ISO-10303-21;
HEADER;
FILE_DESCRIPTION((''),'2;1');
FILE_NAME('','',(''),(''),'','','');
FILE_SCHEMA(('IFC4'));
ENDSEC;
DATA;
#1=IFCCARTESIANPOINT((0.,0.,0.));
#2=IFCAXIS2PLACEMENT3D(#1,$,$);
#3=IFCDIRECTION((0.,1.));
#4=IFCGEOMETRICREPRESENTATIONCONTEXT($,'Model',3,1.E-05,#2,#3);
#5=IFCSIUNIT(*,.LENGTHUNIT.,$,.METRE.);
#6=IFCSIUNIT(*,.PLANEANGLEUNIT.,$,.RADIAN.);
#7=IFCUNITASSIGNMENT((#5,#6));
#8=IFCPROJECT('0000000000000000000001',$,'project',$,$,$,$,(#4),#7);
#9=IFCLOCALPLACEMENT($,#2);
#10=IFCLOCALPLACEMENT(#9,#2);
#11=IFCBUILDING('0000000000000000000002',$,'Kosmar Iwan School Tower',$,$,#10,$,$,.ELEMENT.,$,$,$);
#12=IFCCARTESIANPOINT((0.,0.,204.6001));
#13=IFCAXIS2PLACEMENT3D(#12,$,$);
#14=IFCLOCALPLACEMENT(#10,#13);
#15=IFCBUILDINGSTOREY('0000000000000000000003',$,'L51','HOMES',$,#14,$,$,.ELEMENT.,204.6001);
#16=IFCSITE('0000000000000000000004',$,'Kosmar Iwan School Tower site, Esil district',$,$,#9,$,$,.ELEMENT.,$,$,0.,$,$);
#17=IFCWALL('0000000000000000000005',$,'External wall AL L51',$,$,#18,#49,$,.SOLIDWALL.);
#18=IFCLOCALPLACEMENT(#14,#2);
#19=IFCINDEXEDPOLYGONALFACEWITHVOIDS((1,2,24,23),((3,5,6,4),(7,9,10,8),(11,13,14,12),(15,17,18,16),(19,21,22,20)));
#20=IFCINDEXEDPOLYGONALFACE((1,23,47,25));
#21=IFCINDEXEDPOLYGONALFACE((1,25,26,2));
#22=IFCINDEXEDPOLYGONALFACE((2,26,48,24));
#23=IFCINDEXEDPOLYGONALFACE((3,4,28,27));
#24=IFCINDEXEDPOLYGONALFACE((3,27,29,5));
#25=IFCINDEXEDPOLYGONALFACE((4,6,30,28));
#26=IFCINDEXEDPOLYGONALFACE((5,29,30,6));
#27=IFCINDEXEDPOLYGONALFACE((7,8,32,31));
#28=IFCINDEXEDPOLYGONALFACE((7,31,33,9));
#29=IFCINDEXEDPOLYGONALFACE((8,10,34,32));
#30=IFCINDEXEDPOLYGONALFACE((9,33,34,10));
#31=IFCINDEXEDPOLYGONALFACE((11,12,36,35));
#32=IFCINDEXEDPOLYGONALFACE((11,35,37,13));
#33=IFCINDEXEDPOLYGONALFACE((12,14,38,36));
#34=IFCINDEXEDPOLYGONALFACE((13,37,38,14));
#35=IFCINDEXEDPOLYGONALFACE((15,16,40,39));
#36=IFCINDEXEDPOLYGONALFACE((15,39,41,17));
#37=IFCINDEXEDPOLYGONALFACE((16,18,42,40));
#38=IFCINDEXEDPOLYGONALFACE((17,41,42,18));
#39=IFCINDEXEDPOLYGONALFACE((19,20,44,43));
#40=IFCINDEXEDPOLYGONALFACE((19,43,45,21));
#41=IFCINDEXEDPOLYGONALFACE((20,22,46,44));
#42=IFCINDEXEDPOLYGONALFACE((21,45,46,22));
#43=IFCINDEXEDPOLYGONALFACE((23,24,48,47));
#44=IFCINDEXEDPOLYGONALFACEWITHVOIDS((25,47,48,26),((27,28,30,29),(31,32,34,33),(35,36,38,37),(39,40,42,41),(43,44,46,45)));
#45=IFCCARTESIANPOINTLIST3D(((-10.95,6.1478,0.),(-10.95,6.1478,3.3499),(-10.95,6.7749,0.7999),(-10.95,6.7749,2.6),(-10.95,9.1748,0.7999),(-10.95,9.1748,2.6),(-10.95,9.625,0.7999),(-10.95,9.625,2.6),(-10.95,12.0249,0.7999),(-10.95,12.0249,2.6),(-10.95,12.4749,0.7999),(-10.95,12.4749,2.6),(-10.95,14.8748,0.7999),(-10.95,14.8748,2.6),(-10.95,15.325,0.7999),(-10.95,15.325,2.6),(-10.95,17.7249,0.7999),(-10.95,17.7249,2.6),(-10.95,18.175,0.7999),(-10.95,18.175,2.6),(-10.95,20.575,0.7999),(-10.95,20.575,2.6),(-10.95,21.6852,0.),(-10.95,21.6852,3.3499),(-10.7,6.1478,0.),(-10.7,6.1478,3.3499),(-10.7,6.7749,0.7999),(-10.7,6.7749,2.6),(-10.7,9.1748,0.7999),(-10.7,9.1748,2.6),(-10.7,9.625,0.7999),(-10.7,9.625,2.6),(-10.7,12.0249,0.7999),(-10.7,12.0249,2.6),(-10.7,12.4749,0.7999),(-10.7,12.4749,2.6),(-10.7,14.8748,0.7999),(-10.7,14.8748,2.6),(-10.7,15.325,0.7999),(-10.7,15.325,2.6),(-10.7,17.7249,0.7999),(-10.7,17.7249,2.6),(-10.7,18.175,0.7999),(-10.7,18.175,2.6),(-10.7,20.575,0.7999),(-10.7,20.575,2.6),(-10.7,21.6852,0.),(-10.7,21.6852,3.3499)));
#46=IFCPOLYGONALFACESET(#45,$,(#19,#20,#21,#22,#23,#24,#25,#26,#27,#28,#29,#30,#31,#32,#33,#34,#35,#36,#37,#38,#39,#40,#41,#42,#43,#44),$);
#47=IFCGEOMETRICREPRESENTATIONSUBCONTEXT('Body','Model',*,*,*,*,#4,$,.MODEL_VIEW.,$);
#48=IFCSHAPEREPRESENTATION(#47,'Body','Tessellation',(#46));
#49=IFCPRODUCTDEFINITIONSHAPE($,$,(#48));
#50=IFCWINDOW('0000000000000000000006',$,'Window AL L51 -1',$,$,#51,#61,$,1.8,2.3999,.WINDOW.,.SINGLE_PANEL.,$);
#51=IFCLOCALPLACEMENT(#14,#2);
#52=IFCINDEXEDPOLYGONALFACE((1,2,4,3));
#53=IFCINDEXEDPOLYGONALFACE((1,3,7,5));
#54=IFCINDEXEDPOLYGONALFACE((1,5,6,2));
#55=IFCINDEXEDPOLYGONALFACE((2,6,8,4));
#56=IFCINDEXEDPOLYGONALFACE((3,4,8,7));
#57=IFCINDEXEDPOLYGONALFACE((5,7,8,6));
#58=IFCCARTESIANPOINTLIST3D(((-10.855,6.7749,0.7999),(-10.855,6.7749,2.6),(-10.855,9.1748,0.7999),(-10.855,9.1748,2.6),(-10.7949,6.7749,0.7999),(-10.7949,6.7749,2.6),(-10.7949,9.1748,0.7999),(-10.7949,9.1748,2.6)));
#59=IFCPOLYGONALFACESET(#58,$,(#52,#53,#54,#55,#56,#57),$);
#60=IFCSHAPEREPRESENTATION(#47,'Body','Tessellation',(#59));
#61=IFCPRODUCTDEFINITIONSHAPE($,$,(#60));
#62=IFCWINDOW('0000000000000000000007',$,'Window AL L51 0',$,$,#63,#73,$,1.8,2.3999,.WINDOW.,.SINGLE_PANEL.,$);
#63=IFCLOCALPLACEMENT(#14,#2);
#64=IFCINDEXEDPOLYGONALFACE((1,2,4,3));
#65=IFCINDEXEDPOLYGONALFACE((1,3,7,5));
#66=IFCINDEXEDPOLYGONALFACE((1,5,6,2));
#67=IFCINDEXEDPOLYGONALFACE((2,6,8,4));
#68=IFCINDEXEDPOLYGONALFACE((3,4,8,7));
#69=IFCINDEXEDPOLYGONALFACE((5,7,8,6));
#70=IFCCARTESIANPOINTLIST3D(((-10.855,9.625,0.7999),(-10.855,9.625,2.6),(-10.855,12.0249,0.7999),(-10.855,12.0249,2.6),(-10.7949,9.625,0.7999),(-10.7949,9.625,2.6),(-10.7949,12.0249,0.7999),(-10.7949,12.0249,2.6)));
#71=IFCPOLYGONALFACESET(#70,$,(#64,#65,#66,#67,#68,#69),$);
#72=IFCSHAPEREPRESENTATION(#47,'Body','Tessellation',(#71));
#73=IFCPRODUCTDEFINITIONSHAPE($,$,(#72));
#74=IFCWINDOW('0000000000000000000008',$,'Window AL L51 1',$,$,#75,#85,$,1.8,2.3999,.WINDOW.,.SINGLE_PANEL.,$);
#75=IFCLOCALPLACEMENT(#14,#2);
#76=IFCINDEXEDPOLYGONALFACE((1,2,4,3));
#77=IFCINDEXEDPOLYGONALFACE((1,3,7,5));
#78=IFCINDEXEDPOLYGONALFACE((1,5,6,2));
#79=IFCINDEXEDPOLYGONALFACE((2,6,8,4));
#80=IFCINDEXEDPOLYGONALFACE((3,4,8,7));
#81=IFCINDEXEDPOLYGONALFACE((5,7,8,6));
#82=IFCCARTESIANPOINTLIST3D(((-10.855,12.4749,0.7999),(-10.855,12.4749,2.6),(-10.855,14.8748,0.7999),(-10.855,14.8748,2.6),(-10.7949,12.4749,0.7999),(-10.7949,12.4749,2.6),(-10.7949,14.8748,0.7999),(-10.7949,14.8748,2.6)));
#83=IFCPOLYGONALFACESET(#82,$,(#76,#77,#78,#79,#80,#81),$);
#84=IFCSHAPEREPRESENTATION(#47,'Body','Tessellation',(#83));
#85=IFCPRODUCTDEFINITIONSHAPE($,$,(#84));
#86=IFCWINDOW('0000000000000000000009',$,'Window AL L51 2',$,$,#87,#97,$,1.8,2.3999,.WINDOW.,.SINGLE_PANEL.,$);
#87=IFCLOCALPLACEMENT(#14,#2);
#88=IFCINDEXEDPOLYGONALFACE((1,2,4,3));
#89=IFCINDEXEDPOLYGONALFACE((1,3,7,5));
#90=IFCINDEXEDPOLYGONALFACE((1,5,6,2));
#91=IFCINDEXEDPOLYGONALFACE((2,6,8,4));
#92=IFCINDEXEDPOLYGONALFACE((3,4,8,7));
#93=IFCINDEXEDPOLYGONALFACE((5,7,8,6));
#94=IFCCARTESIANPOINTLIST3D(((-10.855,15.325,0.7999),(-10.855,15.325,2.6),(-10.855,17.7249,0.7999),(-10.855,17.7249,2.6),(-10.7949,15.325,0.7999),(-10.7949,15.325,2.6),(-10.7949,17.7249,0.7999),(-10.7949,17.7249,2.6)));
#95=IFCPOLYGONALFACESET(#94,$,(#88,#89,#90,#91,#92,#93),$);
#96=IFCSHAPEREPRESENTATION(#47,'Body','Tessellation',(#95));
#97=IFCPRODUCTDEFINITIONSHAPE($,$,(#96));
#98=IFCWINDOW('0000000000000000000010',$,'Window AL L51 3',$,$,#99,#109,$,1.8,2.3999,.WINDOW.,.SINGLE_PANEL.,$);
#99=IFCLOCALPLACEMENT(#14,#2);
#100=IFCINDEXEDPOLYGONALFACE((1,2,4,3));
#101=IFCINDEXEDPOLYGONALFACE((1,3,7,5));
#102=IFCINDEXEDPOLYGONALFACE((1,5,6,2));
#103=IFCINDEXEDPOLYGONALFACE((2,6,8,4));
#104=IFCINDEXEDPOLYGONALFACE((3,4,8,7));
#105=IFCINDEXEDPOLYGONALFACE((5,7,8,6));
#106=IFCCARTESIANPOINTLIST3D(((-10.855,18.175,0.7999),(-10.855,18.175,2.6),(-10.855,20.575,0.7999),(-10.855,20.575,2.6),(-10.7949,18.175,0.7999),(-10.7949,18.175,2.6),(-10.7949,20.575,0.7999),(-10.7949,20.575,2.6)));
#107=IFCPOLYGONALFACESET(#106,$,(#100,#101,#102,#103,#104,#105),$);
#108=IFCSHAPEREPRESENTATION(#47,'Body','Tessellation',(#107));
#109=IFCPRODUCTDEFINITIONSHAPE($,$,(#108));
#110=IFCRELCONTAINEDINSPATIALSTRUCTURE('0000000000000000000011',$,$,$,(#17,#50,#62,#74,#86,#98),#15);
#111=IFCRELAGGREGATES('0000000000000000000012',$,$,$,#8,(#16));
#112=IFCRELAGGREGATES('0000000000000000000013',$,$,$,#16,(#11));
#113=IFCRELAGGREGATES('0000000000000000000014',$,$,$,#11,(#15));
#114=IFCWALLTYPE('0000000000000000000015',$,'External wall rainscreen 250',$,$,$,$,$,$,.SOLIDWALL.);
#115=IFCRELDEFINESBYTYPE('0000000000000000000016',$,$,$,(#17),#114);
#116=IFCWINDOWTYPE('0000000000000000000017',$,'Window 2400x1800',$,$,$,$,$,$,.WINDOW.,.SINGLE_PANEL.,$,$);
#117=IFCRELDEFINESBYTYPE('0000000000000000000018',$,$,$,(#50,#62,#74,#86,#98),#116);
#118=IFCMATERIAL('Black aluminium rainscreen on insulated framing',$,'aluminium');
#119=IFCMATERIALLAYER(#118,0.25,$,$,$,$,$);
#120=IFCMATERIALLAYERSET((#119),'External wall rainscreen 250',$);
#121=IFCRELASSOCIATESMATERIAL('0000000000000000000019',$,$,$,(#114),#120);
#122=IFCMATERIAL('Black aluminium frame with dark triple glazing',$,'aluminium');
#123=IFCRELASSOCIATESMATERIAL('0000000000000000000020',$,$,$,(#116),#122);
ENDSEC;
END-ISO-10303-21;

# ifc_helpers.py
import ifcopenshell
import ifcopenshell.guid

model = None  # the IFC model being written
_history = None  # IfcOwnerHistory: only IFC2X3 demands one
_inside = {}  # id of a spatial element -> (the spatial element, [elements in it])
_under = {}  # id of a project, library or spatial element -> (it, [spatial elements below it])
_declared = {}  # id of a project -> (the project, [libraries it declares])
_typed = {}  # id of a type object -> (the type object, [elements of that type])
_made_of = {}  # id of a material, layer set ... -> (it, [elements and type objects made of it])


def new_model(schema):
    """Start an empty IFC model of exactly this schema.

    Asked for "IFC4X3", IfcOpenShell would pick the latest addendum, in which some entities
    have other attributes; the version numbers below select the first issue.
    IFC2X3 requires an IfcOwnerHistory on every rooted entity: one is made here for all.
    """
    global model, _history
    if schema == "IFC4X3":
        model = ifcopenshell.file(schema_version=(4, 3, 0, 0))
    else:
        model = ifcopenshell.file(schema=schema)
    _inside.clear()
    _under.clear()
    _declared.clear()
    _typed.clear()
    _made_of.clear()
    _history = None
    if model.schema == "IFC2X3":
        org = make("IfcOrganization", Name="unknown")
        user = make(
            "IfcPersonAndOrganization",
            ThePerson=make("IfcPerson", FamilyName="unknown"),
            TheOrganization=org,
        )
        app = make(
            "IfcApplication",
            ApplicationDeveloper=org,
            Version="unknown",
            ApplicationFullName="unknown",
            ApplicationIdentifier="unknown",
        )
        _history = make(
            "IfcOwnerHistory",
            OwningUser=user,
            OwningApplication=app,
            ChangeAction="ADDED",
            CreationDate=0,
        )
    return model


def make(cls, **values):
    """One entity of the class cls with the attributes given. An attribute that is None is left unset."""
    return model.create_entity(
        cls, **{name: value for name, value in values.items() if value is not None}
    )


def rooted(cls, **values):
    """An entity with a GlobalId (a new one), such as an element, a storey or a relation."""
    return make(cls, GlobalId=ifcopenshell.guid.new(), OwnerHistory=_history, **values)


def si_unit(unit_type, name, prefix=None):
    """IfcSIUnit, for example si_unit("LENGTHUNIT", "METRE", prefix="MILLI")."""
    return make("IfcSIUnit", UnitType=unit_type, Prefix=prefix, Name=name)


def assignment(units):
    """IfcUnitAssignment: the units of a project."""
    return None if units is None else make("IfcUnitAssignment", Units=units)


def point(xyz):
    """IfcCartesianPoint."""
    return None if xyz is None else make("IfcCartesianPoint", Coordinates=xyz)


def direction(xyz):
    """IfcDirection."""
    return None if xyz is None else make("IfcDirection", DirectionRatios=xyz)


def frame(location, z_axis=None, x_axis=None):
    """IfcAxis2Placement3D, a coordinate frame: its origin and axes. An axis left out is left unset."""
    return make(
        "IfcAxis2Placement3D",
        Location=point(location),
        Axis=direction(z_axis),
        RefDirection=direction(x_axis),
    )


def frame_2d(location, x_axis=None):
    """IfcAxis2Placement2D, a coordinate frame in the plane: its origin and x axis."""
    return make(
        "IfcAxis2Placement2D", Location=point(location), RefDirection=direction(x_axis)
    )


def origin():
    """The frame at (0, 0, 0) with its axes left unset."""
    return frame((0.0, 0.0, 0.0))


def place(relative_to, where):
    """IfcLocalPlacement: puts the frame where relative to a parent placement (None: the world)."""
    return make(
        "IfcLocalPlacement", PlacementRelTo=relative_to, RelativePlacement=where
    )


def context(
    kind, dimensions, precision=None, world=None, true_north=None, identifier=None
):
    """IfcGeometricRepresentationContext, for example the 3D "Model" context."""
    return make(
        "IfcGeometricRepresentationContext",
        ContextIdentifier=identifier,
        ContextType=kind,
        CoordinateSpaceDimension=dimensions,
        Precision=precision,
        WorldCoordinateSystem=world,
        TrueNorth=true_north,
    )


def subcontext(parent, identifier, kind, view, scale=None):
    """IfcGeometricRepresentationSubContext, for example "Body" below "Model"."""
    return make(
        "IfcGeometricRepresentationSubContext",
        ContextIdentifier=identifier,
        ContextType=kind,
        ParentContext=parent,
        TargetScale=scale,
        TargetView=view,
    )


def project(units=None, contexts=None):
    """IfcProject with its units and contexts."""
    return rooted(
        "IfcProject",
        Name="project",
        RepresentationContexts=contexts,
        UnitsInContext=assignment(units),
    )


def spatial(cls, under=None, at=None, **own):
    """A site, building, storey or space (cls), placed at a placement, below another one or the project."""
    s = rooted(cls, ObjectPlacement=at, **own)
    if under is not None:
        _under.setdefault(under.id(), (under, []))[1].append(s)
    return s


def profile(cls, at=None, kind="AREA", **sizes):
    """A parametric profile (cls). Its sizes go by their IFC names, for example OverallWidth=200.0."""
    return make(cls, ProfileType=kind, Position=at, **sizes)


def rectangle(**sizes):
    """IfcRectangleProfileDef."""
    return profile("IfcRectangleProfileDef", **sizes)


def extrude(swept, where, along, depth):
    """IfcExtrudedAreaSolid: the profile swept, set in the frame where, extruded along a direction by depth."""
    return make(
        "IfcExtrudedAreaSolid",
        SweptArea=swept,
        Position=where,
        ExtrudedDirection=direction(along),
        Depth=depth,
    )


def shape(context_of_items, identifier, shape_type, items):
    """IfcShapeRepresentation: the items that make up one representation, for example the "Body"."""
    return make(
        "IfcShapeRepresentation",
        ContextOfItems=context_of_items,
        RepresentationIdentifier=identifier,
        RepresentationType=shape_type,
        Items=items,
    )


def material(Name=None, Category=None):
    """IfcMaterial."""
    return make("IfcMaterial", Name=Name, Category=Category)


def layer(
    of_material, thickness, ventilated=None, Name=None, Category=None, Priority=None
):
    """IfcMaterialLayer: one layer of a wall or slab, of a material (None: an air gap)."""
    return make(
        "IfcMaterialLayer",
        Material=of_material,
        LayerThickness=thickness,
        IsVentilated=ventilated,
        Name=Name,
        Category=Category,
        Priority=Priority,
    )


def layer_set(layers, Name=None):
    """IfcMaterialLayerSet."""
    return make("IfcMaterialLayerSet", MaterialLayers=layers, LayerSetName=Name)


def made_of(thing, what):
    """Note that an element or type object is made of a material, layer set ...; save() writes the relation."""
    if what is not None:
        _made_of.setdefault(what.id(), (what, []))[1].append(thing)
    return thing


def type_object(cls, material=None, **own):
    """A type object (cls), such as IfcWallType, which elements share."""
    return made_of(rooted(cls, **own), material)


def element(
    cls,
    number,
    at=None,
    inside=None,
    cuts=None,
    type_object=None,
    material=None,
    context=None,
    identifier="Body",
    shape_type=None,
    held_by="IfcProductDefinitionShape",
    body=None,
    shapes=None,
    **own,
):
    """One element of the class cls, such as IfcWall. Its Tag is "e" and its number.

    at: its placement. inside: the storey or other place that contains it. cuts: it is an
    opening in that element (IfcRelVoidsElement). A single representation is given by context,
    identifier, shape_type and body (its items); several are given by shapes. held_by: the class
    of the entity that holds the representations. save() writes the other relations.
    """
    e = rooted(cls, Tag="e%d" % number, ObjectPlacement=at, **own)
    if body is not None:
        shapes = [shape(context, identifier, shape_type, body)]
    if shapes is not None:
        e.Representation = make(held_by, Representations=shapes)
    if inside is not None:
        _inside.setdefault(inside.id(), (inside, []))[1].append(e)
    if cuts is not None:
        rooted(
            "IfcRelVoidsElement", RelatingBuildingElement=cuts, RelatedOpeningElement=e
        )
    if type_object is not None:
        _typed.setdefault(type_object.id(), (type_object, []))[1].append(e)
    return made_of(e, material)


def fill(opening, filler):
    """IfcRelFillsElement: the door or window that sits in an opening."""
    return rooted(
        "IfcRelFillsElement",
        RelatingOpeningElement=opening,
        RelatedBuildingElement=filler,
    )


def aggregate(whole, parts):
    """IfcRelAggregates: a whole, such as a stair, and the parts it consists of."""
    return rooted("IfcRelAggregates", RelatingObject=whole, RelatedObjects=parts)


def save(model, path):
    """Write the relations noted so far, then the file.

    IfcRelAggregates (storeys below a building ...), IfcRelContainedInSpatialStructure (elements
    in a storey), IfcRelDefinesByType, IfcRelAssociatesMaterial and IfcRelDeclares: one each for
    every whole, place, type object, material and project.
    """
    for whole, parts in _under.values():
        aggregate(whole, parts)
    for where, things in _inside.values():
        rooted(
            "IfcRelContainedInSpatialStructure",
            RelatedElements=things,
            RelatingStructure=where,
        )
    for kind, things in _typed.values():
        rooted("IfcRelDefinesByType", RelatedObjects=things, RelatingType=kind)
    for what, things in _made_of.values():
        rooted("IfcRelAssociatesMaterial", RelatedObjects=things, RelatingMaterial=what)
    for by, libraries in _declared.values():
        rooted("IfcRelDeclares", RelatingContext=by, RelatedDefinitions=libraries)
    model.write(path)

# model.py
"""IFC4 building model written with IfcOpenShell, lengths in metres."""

from ifc_helpers import new_model, si_unit, direction, frame, frame_2d, origin, place, context, subcontext, project, spatial, rectangle, extrude, material, layer, layer_set, type_object, element, fill, save


model = new_model("IFC4")

# Units and contexts
model_context = context("Model", 3, precision=1e-05, world=origin(), true_north=direction((0.0, 1.0)))
body_context = subcontext(model_context, "Body", "Model", "MODEL_VIEW")
ifc_project = project(units=[si_unit("LENGTHUNIT", "METRE"), si_unit("PLANEANGLEUNIT", "RADIAN")], contexts=[model_context])

# Site, building, storey
site_placement = place(None, origin())
site = spatial("IfcSite", under=ifc_project, at=site_placement, Name="Kosmar Iwan School Tower site, Esil district", CompositionType="ELEMENT", RefElevation=0.0)
building_placement = place(site_placement, origin())
building = spatial("IfcBuilding", under=site, at=building_placement, Name="Kosmar Iwan School Tower", CompositionType="ELEMENT")
storey_placement = place(building_placement, frame((0.0, 0.0, 204.6001)))
storey = spatial("IfcBuildingStorey", under=building, at=storey_placement, Name="L51", Description="HOMES", CompositionType="ELEMENT", Elevation=204.6001)

# Wall, openings, windows
ifc_material_1 = material(Name="Black aluminium rainscreen on insulated framing", Category="aluminium")
ifc_layer_1 = layer(ifc_material_1, 0.25)
ifc_layer_set_1 = layer_set([ifc_layer_1], Name="External wall rainscreen 250")
wall_type_1 = type_object("IfcWallType", Name="External wall rainscreen 250", PredefinedType="SOLIDWALL", material=ifc_layer_set_1)
wall_1_placement = place(storey_placement, frame((-10.825, 6.1479, 0.0), z_axis=(0.0, 0.0, 1.0), x_axis=(0.0, 1.0, 0.0)))
wall_1 = element("IfcWall", 1, at=wall_1_placement, inside=storey, type_object=wall_type_1, Name="External wall AL L51", PredefinedType="SOLIDWALL", context=body_context, shape_type="SweptSolid", body=[
    extrude(rectangle(XDim=15.5374, YDim=0.25, at=frame_2d((7.7686, 0.0))), origin(), (0.0, 0.0, 1.0), 3.3499),
])
opening_1_placement = place(wall_1_placement, frame((0.627, 0.0, 0.8)))
opening_1 = element("IfcOpeningElement", 2, at=opening_1_placement, cuts=wall_1, PredefinedType="OPENING", context=body_context, shape_type="SweptSolid", body=[
    extrude(rectangle(XDim=2.3999, YDim=1.8, at=frame_2d((1.2, 0.8999))), frame((0.0, 0.137, 0.0), z_axis=(0.0, -1.0, 0.0), x_axis=(1.0, 0.0, 0.0)), (0.0, 0.0, 1.0), 0.2739),
])
opening_2_placement = place(wall_1_placement, frame((3.4771, 0.0, 0.8)))
opening_2 = element("IfcOpeningElement", 3, at=opening_2_placement, cuts=wall_1, PredefinedType="OPENING", context=body_context, shape_type="SweptSolid", body=[
    extrude(rectangle(XDim=2.3999, YDim=1.8, at=frame_2d((1.2, 0.8999))), frame((0.0, 0.137, 0.0), z_axis=(0.0, -1.0, 0.0), x_axis=(1.0, 0.0, 0.0)), (0.0, 0.0, 1.0), 0.2739),
])
opening_3_placement = place(wall_1_placement, frame((6.3269, 0.0, 0.8)))
opening_3 = element("IfcOpeningElement", 4, at=opening_3_placement, cuts=wall_1, PredefinedType="OPENING", context=body_context, shape_type="SweptSolid", body=[
    extrude(rectangle(XDim=2.3999, YDim=1.8, at=frame_2d((1.2, 0.8999))), frame((0.0, 0.137, 0.0), z_axis=(0.0, -1.0, 0.0), x_axis=(1.0, 0.0, 0.0)), (0.0, 0.0, 1.0), 0.2739),
])
opening_4_placement = place(wall_1_placement, frame((9.177, 0.0, 0.8)))
opening_4 = element("IfcOpeningElement", 5, at=opening_4_placement, cuts=wall_1, PredefinedType="OPENING", context=body_context, shape_type="SweptSolid", body=[
    extrude(rectangle(XDim=2.3999, YDim=1.8, at=frame_2d((1.2, 0.8999))), frame((0.0, 0.137, 0.0), z_axis=(0.0, -1.0, 0.0), x_axis=(1.0, 0.0, 0.0)), (0.0, 0.0, 1.0), 0.2739),
])
opening_5_placement = place(wall_1_placement, frame((12.0271, 0.0, 0.8)))
opening_5 = element("IfcOpeningElement", 6, at=opening_5_placement, cuts=wall_1, PredefinedType="OPENING", context=body_context, shape_type="SweptSolid", body=[
    extrude(rectangle(XDim=2.3999, YDim=1.8, at=frame_2d((1.2, 0.8999))), frame((0.0, 0.137, 0.0), z_axis=(0.0, -1.0, 0.0), x_axis=(1.0, 0.0, 0.0)), (0.0, 0.0, 1.0), 0.2739),
])
ifc_material_2 = material(Name="Black aluminium frame with dark triple glazing", Category="aluminium")
window_type = type_object("IfcWindowType", Name="Window 2400x1800", PartitioningType="SINGLE_PANEL", PredefinedType="WINDOW", material=ifc_material_2)
window_1_placement = place(opening_1_placement, origin())
window_1 = element("IfcWindow", 7, at=window_1_placement, inside=storey, type_object=window_type, Name="Window AL L51 -1", OverallHeight=1.8, OverallWidth=2.3999, PartitioningType="SINGLE_PANEL", PredefinedType="WINDOW", context=body_context, shape_type="SweptSolid", body=[
    extrude(rectangle(XDim=2.3999, YDim=1.8, at=frame_2d((1.2, 0.8999))), frame((0.0, 0.03, 0.0), z_axis=(0.0, -1.0, 0.0), x_axis=(1.0, 0.0, 0.0)), (0.0, 0.0, 1.0), 0.0601),
])
fill(opening_1, window_1)
window_2_placement = place(opening_2_placement, origin())
window_2 = element("IfcWindow", 8, at=window_2_placement, inside=storey, type_object=window_type, Name="Window AL L51 0", OverallHeight=1.8, OverallWidth=2.3999, PartitioningType="SINGLE_PANEL", PredefinedType="WINDOW", context=body_context, shape_type="SweptSolid", body=[
    extrude(rectangle(XDim=2.3999, YDim=1.8, at=frame_2d((1.2, 0.8999))), frame((0.0, 0.03, 0.0), z_axis=(0.0, -1.0, 0.0), x_axis=(1.0, 0.0, 0.0)), (0.0, 0.0, 1.0), 0.0601),
])
fill(opening_2, window_2)
window_3_placement = place(opening_3_placement, origin())
window_3 = element("IfcWindow", 9, at=window_3_placement, inside=storey, type_object=window_type, Name="Window AL L51 1", OverallHeight=1.8, OverallWidth=2.3999, PartitioningType="SINGLE_PANEL", PredefinedType="WINDOW", context=body_context, shape_type="SweptSolid", body=[
    extrude(rectangle(XDim=2.3999, YDim=1.8, at=frame_2d((1.2, 0.8999))), frame((0.0, 0.03, 0.0), z_axis=(0.0, -1.0, 0.0), x_axis=(1.0, 0.0, 0.0)), (0.0, 0.0, 1.0), 0.0601),
])
fill(opening_3, window_3)
window_4_placement = place(opening_4_placement, origin())
window_4 = element("IfcWindow", 10, at=window_4_placement, inside=storey, type_object=window_type, Name="Window AL L51 2", OverallHeight=1.8, OverallWidth=2.3999, PartitioningType="SINGLE_PANEL", PredefinedType="WINDOW", context=body_context, shape_type="SweptSolid", body=[
    extrude(rectangle(XDim=2.3999, YDim=1.8, at=frame_2d((1.2, 0.8999))), frame((0.0, 0.03, 0.0), z_axis=(0.0, -1.0, 0.0), x_axis=(1.0, 0.0, 0.0)), (0.0, 0.0, 1.0), 0.0601),
])
fill(opening_4, window_4)
window_5_placement = place(opening_5_placement, origin())
window_5 = element("IfcWindow", 11, at=window_5_placement, inside=storey, type_object=window_type, Name="Window AL L51 3", OverallHeight=1.8, OverallWidth=2.3999, PartitioningType="SINGLE_PANEL", PredefinedType="WINDOW", context=body_context, shape_type="SweptSolid", body=[
    extrude(rectangle(XDim=2.3999, YDim=1.8, at=frame_2d((1.2, 0.8999))), frame((0.0, 0.03, 0.0), z_axis=(0.0, -1.0, 0.0), x_axis=(1.0, 0.0, 0.0)), (0.0, 0.0, 1.0), 0.0601),
])
fill(opening_5, window_5)

save(model, "model.ifc")
